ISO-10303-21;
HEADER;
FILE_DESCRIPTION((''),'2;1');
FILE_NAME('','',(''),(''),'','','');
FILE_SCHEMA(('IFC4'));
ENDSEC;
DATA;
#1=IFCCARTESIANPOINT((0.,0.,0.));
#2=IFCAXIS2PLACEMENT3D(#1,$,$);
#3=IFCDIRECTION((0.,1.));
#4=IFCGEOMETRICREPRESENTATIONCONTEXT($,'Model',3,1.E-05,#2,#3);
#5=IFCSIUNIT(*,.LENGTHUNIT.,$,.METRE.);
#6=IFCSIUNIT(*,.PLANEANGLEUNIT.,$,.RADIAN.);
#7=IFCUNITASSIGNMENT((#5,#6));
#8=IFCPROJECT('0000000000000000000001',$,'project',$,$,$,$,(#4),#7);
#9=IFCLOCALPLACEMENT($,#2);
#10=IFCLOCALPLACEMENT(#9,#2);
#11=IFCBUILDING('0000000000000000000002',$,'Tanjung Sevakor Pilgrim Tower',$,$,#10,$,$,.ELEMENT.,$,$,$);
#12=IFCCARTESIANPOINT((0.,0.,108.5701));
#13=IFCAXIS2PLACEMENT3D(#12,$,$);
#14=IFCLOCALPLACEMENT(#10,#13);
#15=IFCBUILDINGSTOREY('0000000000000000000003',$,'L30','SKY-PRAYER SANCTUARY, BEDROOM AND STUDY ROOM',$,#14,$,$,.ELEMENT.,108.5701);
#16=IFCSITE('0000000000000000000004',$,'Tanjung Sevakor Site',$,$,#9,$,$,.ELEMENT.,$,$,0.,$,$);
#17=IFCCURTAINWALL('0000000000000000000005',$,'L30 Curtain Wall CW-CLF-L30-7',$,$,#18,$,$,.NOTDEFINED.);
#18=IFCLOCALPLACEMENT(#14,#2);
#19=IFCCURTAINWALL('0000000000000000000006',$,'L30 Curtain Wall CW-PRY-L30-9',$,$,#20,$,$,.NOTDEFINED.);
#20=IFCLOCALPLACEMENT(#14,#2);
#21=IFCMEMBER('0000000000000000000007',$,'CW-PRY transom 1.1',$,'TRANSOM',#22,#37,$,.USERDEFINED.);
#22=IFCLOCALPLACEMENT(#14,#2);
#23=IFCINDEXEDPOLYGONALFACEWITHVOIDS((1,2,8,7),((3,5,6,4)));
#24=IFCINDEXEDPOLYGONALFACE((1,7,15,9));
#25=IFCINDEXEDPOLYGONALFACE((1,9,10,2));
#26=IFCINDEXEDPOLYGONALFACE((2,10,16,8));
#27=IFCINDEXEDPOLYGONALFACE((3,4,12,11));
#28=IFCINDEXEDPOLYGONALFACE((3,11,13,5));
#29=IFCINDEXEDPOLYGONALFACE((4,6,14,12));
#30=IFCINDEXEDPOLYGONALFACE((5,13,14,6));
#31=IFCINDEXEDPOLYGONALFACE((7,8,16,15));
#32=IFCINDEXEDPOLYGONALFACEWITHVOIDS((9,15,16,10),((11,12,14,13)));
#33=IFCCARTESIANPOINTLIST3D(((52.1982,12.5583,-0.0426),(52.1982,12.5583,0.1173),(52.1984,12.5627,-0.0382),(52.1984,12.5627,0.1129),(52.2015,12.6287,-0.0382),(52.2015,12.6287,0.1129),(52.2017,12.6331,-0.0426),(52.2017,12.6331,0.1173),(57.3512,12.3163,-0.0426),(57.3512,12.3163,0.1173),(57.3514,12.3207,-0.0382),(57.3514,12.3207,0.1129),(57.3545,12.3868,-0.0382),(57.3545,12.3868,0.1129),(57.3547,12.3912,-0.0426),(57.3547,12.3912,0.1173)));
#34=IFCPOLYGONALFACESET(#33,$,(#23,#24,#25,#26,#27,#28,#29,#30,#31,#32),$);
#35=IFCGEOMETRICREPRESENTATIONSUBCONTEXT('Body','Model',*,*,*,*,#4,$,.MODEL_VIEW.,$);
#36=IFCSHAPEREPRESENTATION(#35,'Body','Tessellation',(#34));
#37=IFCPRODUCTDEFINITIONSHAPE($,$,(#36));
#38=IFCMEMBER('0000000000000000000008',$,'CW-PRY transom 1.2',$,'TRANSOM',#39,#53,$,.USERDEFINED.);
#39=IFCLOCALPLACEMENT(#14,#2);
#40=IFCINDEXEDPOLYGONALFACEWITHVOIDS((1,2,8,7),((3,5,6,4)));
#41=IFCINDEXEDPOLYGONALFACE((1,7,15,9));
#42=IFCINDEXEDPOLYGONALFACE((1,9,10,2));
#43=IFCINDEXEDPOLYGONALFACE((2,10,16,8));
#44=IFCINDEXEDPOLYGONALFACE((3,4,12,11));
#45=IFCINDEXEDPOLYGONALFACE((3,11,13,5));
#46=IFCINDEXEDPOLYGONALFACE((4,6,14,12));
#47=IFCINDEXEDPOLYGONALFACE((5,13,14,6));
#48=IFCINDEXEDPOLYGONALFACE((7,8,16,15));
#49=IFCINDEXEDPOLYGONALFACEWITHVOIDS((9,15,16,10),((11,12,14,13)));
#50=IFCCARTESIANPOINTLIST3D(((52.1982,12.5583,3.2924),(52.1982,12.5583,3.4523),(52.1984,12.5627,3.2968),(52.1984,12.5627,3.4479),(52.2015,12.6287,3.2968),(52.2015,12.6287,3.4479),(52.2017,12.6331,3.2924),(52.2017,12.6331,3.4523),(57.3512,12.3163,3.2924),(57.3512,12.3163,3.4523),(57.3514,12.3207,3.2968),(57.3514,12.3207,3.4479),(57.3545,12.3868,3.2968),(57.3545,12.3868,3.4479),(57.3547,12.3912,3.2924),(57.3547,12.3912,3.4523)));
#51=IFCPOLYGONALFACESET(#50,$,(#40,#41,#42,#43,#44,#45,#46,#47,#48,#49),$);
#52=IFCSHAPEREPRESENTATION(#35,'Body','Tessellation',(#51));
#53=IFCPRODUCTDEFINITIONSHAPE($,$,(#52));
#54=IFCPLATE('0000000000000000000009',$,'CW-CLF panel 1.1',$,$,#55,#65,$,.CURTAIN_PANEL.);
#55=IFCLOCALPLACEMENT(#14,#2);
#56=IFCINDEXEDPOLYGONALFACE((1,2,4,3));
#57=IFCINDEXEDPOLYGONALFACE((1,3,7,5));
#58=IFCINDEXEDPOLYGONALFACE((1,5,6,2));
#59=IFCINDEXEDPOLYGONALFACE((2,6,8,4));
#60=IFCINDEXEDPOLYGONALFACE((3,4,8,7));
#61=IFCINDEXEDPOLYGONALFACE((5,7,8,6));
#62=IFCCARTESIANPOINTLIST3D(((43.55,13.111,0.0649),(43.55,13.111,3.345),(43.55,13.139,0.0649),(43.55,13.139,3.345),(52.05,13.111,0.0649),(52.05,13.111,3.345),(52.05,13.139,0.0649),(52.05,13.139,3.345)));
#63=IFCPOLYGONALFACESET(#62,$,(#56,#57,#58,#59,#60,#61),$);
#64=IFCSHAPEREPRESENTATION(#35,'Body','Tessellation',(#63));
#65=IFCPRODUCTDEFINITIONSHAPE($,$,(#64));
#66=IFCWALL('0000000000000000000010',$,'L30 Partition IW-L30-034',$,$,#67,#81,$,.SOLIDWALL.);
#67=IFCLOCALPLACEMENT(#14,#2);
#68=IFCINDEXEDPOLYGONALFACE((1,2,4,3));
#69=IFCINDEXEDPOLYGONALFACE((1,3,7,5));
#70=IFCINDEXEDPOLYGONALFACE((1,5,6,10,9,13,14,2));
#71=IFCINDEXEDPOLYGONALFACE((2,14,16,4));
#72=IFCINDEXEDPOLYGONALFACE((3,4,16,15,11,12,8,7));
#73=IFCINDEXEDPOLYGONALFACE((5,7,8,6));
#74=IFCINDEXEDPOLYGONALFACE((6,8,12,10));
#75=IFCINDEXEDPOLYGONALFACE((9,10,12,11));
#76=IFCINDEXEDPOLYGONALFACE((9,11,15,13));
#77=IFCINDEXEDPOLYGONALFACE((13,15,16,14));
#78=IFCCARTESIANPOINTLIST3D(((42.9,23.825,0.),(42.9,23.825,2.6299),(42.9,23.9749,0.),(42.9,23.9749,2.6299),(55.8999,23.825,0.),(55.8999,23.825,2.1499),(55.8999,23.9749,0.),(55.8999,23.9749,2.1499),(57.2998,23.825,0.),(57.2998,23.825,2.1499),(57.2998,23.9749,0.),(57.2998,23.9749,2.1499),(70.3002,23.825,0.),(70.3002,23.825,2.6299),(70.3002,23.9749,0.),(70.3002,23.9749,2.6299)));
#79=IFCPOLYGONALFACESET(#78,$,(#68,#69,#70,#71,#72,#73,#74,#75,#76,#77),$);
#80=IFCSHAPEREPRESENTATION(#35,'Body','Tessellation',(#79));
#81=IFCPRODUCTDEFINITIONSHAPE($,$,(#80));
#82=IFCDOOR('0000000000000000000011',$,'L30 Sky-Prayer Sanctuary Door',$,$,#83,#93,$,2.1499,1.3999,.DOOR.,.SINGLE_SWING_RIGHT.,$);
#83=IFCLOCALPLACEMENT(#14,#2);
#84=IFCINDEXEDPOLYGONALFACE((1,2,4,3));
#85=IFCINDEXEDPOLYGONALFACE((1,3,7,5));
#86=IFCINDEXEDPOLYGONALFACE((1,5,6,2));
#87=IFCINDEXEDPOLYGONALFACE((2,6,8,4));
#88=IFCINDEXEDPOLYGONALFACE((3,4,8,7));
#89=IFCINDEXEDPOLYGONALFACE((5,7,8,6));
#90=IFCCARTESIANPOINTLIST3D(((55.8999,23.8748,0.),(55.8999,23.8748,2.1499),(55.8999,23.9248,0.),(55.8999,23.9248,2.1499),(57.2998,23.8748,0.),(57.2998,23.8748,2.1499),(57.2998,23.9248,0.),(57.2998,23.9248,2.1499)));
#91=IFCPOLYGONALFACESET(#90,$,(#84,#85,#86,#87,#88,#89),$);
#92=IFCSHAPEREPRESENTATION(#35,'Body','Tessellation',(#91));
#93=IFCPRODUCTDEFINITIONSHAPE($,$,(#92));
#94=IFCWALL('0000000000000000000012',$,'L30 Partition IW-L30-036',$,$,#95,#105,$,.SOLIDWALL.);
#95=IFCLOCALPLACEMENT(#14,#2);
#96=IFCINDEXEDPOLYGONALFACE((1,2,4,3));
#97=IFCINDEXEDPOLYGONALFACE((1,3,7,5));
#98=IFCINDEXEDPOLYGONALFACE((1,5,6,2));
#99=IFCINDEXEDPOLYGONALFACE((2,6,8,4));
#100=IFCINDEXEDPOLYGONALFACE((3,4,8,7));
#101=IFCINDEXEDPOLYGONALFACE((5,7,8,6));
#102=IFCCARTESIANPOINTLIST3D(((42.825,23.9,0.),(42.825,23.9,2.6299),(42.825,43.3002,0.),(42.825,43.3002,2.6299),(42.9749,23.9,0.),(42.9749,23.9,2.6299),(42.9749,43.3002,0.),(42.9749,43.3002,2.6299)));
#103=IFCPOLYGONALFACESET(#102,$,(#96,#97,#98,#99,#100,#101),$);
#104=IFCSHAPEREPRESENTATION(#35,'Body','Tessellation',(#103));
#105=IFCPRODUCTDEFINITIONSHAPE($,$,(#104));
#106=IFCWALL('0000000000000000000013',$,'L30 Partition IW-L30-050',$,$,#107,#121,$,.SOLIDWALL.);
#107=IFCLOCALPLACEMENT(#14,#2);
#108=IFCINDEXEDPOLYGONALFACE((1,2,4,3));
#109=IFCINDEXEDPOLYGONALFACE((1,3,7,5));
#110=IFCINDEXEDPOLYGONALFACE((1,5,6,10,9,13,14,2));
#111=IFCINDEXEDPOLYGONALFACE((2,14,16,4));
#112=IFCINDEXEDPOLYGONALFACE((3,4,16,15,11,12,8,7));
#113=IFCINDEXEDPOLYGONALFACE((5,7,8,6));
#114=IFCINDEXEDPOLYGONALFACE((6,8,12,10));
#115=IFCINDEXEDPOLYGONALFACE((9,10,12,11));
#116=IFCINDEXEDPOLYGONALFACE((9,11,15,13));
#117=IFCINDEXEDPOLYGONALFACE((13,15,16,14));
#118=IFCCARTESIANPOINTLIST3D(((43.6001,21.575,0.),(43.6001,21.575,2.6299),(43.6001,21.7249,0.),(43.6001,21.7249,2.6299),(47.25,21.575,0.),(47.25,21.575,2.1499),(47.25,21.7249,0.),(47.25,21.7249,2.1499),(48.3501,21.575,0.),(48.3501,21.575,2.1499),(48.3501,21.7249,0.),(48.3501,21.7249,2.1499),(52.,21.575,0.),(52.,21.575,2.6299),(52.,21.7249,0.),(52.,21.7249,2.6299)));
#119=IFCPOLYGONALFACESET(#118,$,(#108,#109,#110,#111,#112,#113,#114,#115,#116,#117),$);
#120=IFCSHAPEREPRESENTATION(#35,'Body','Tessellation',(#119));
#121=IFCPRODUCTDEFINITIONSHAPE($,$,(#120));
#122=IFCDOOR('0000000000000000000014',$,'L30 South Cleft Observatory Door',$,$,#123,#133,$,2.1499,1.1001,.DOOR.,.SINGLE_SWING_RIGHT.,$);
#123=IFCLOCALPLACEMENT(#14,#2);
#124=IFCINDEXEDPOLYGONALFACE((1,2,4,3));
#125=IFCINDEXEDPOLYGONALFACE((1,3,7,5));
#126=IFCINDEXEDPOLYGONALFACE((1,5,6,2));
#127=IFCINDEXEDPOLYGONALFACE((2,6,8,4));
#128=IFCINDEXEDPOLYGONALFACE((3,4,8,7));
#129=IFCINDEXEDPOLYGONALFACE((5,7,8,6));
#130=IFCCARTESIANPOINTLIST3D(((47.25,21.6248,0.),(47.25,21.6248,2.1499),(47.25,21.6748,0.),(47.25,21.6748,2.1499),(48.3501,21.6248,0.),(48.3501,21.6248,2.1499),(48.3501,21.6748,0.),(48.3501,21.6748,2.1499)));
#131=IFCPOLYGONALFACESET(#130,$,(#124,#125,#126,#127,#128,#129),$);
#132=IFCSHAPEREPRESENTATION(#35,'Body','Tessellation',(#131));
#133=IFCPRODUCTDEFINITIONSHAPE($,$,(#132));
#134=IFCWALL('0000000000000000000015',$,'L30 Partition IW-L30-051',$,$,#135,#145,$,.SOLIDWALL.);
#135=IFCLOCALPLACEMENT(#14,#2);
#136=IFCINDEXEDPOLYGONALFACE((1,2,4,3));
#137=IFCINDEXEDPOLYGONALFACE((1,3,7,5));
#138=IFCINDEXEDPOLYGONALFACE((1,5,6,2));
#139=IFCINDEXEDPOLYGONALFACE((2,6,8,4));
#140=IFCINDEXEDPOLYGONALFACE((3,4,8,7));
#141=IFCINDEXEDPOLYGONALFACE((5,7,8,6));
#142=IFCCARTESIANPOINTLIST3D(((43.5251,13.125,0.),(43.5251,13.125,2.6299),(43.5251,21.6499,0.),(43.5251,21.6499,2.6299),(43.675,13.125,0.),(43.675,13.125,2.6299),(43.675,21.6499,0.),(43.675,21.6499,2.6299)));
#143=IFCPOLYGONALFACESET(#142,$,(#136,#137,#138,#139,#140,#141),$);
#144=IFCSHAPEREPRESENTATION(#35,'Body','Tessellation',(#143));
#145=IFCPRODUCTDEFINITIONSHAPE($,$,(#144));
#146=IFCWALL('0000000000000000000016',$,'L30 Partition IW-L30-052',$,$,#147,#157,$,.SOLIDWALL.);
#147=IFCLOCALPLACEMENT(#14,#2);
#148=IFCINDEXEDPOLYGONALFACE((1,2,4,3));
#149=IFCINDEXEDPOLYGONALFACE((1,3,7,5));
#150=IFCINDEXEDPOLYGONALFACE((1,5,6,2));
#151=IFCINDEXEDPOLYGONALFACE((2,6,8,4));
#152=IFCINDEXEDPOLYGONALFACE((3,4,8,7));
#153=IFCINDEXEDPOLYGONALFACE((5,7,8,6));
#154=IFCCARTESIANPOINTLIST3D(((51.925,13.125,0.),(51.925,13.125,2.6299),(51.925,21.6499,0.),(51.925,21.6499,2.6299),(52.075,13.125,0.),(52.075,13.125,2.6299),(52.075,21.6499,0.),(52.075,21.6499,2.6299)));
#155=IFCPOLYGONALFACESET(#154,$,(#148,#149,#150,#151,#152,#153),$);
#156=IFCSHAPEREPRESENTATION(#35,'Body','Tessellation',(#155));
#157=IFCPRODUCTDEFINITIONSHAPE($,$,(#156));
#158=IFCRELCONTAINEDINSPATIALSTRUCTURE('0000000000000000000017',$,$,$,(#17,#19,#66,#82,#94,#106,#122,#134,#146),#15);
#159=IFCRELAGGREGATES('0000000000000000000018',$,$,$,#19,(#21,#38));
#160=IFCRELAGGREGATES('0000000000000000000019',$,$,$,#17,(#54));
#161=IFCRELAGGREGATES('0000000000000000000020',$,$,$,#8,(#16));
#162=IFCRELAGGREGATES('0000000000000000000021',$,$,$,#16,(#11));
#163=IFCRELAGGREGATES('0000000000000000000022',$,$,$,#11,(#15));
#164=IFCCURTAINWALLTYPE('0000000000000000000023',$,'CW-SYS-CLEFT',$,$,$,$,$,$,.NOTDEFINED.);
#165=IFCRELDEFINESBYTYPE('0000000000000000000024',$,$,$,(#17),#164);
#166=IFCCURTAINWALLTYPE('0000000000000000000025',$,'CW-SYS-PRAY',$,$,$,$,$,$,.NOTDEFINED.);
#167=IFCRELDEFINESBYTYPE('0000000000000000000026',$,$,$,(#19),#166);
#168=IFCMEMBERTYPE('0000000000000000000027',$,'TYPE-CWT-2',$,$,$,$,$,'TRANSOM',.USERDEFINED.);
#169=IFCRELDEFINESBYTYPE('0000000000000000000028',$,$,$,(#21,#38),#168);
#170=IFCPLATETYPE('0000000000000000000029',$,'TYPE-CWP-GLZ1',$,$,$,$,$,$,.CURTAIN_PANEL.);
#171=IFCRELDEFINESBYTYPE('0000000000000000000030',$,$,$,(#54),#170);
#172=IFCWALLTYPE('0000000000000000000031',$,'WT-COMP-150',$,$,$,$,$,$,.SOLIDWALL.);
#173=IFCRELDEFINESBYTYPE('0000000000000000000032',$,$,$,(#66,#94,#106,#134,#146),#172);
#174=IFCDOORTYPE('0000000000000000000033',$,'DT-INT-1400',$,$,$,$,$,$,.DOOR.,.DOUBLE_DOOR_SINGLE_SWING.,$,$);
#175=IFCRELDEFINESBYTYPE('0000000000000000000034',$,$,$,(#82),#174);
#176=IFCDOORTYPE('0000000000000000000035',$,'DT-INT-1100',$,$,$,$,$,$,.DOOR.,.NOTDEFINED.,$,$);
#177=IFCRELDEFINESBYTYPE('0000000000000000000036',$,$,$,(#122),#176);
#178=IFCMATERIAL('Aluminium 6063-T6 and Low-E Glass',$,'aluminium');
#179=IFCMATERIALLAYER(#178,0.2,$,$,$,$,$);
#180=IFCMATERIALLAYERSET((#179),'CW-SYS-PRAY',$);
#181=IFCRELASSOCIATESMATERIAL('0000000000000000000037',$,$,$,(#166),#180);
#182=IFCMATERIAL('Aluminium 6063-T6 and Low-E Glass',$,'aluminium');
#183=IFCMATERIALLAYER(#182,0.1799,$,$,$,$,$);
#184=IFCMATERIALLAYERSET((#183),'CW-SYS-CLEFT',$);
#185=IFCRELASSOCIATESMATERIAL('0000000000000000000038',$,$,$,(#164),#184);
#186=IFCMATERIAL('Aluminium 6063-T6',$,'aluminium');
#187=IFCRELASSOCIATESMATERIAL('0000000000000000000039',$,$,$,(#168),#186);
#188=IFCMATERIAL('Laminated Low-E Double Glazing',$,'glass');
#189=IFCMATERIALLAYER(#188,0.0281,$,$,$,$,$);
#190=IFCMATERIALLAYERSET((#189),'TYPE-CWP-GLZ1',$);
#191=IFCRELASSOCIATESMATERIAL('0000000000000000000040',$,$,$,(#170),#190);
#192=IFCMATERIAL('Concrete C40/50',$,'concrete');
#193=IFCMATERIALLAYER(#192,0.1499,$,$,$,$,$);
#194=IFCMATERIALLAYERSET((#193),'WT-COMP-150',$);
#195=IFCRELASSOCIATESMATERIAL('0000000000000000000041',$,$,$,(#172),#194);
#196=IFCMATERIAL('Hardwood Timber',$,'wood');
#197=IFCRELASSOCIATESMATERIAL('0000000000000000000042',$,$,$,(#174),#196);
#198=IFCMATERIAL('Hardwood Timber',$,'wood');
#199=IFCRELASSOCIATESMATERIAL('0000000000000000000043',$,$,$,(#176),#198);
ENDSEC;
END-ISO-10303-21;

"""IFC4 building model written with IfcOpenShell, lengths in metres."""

from ifc_helpers import new_model, si_unit, direction, frame, frame_2d, origin, origin_2d, place, context, subcontext, project, spatial, rectangle, hollow_rectangle, extrude, material, layer, layer_set, material_profile, profile_set, type_object, element, fill, aggregate, save


model = new_model("IFC4")

# Units and contexts
model_context = context("Model", 3, precision=1e-05, world=origin(), true_north=direction((0.0, 1.0)))
body_context = subcontext(model_context, "Body", "Model", "MODEL_VIEW")
ifc_project = project(units=[si_unit("LENGTHUNIT", "METRE"), si_unit("PLANEANGLEUNIT", "RADIAN")], contexts=[model_context])

# Site, building, storey
site_placement = place(None, origin())
site = spatial("IfcSite", under=ifc_project, at=site_placement, Name="Tanjung Sevakor Site", CompositionType="ELEMENT", RefElevation=0.0)
building_placement = place(site_placement, origin())
building = spatial("IfcBuilding", under=site, at=building_placement, Name="Tanjung Sevakor Pilgrim Tower", CompositionType="ELEMENT")
storey_placement = place(building_placement, frame((0.0, 0.0, 108.5701)))
storey = spatial("IfcBuildingStorey", under=building, at=storey_placement, Name="L30", Description="SKY-PRAYER SANCTUARY, BEDROOM AND STUDY ROOM", CompositionType="ELEMENT", Elevation=108.5701)

# Shared definitions
ifc_material_1 = material(Name="Aluminium 6063-T6 and Low-E Glass", Category="aluminium")
ifc_layer_1 = layer(ifc_material_1, 0.2)
ifc_layer_set_1 = layer_set([ifc_layer_1], Name="CW-SYS-PRAY")
curtain_wall_type_1 = type_object("IfcCurtainWallType", Name="CW-SYS-PRAY", PredefinedType="NOTDEFINED", material=ifc_layer_set_1)

# Curtain wall
ifc_material_2 = material(Name="Aluminium 6063-T6 and Low-E Glass", Category="aluminium")
ifc_layer_2 = layer(ifc_material_2, 0.1799)
ifc_layer_set_2 = layer_set([ifc_layer_2], Name="CW-SYS-CLEFT")
curtain_wall_type_2 = type_object("IfcCurtainWallType", Name="CW-SYS-CLEFT", PredefinedType="NOTDEFINED", material=ifc_layer_set_2)
curtain_wall_1_placement = place(storey_placement, origin())
curtain_wall_1 = element("IfcCurtainWall", 1, at=curtain_wall_1_placement, inside=storey, type_object=curtain_wall_type_2, Name="L30 Curtain Wall CW-CLF-L30-7", PredefinedType="NOTDEFINED")

# Curtain wall
curtain_wall_2_placement = place(storey_placement, origin())
curtain_wall_2 = element("IfcCurtainWall", 2, at=curtain_wall_2_placement, inside=storey, type_object=curtain_wall_type_1, Name="L30 Curtain Wall CW-PRY-L30-9", PredefinedType="NOTDEFINED")

# Members
ifc_material_3 = material(Name="Aluminium 6063-T6", Category="aluminium")
ifc_material_profile_1 = material_profile(ifc_material_3, hollow_rectangle(XDim=0.075, YDim=0.1599, WallThickness=0.0044, at=origin_2d()))
ifc_profile_set_1 = profile_set([ifc_material_profile_1], Name="Aluminium 6063-T6")
member_type_1 = type_object("IfcMemberType", Name="TYPE-CWT-2", ElementType="TRANSOM", PredefinedType="USERDEFINED", material=ifc_profile_set_1)
member_1_placement = place(storey_placement, frame((52.2, 12.5957, 0.0374), z_axis=(0.9989, -0.0469, 0.0), x_axis=(0.0469, 0.9989, 0.0)))
member_1 = element("IfcMember", 3, at=member_1_placement, type_object=member_type_1, Name="CW-PRY transom 1.1", ObjectType="TRANSOM", PredefinedType="USERDEFINED", context=body_context, shape_type="SweptSolid", body=[
    extrude(hollow_rectangle(XDim=0.075, YDim=0.1599, WallThickness=0.0044, at=origin_2d()), origin(), (0.0, 0.0, 1.0), 5.1587),
])
member_2_placement = place(storey_placement, frame((52.2, 12.5957, 3.3723), z_axis=(0.9989, -0.0469, 0.0), x_axis=(0.0469, 0.9989, 0.0)))
member_2 = element("IfcMember", 4, at=member_2_placement, type_object=member_type_1, Name="CW-PRY transom 1.2", ObjectType="TRANSOM", PredefinedType="USERDEFINED", context=body_context, shape_type="SweptSolid", body=[
    extrude(hollow_rectangle(XDim=0.075, YDim=0.1599, WallThickness=0.0044, at=origin_2d()), origin(), (0.0, 0.0, 1.0), 5.1587),
])
aggregate(curtain_wall_2, [member_1, member_2])

# Plate
ifc_material_4 = material(Name="Laminated Low-E Double Glazing", Category="glass")
ifc_layer_3 = layer(ifc_material_4, 0.0281)
ifc_layer_set_3 = layer_set([ifc_layer_3], Name="TYPE-CWP-GLZ1")
plate_type = type_object("IfcPlateType", Name="TYPE-CWP-GLZ1", PredefinedType="CURTAIN_PANEL", material=ifc_layer_set_3)
plate_placement = place(storey_placement, frame((47.8, 13.125, 0.0649), z_axis=(0.0, 0.0, 1.0), x_axis=(1.0, 0.0, 0.0)))
plate = element("IfcPlate", 5, at=plate_placement, type_object=plate_type, Name="CW-CLF panel 1.1", PredefinedType="CURTAIN_PANEL", context=body_context, shape_type="SweptSolid", body=[
    extrude(rectangle(XDim=8.5, YDim=0.0281, at=origin_2d()), origin(), (0.0, 0.0, 1.0), 3.28),
])
aggregate(curtain_wall_1, [plate])

# Wall, opening, door
ifc_material_5 = material(Name="Concrete C40/50", Category="concrete")
ifc_layer_4 = layer(ifc_material_5, 0.1499)
ifc_layer_set_4 = layer_set([ifc_layer_4], Name="WT-COMP-150")
wall_type_1 = type_object("IfcWallType", Name="WT-COMP-150", PredefinedType="SOLIDWALL", material=ifc_layer_set_4)
wall_1_placement = place(storey_placement, frame((42.8999, 23.8999, 0.0), z_axis=(0.0, 0.0, 1.0), x_axis=(1.0, 0.0, 0.0)))
wall_1 = element("IfcWall", 6, at=wall_1_placement, inside=storey, type_object=wall_type_1, Name="L30 Partition IW-L30-034", PredefinedType="SOLIDWALL", context=body_context, shape_type="SweptSolid", body=[
    extrude(rectangle(XDim=27.4001, YDim=0.1499, at=frame_2d((13.7002, 0.0))), origin(), (0.0, 0.0, 1.0), 2.6299),
])
opening_1_placement = place(wall_1_placement, frame((13.0, 0.0, 0.0)))
opening_1 = element("IfcOpeningElement", 7, at=opening_1_placement, cuts=wall_1, PredefinedType="OPENING", context=body_context, shape_type="SweptSolid", body=[
    extrude(rectangle(XDim=1.3999, YDim=2.1499, at=frame_2d((0.7, 1.075))), frame((0.0, 0.085, 0.0), z_axis=(0.0, -1.0, 0.0), x_axis=(1.0, 0.0, 0.0)), (0.0, 0.0, 1.0), 0.1699),
])
ifc_material_6 = material(Name="Hardwood Timber", Category="wood")
door_type_1 = type_object("IfcDoorType", Name="DT-INT-1400", OperationType="DOUBLE_DOOR_SINGLE_SWING", PredefinedType="DOOR", material=ifc_material_6)
door_1_placement = place(opening_1_placement, origin())
door_1 = element("IfcDoor", 8, at=door_1_placement, inside=storey, type_object=door_type_1, Name="L30 Sky-Prayer Sanctuary Door", OperationType="SINGLE_SWING_RIGHT", OverallHeight=2.1499, OverallWidth=1.3999, PredefinedType="DOOR", context=body_context, shape_type="SweptSolid", body=[
    extrude(rectangle(XDim=1.3999, YDim=2.1499, at=frame_2d((0.7, 1.075))), frame((0.0, 0.0249, 0.0), z_axis=(0.0, -1.0, 0.0), x_axis=(1.0, 0.0, 0.0)), (0.0, 0.0, 1.0), 0.05),
])
fill(opening_1, door_1)

# Wall
wall_2_placement = place(storey_placement, frame((42.8999, 23.8999, 0.0), z_axis=(0.0, 0.0, 1.0), x_axis=(0.0, 1.0, 0.0)))
element("IfcWall", 9, at=wall_2_placement, inside=storey, type_object=wall_type_1, Name="L30 Partition IW-L30-036", PredefinedType="SOLIDWALL", context=body_context, shape_type="SweptSolid", body=[
    extrude(rectangle(XDim=19.4001, YDim=0.1499, at=frame_2d((9.7002, 0.0))), origin(), (0.0, 0.0, 1.0), 2.6299),
])

# Wall, opening, door
wall_3_placement = place(storey_placement, frame((43.6001, 21.6499, 0.0), z_axis=(0.0, 0.0, 1.0), x_axis=(1.0, 0.0, 0.0)))
wall_3 = element("IfcWall", 10, at=wall_3_placement, inside=storey, type_object=wall_type_1, Name="L30 Partition IW-L30-050", PredefinedType="SOLIDWALL", context=body_context, shape_type="SweptSolid", body=[
    extrude(rectangle(XDim=8.3999, YDim=0.1499, at=frame_2d((4.2, 0.0))), origin(), (0.0, 0.0, 1.0), 2.6299),
])
opening_2_placement = place(wall_3_placement, frame((3.6499, 0.0, 0.0)))
opening_2 = element("IfcOpeningElement", 11, at=opening_2_placement, cuts=wall_3, PredefinedType="OPENING", context=body_context, shape_type="SweptSolid", body=[
    extrude(rectangle(XDim=1.1001, YDim=2.1499, at=frame_2d((0.55, 1.075))), frame((0.0, 0.085, 0.0), z_axis=(0.0, -1.0, 0.0), x_axis=(1.0, 0.0, 0.0)), (0.0, 0.0, 1.0), 0.1699),
])
ifc_material_7 = material(Name="Hardwood Timber", Category="wood")
door_type_2 = type_object("IfcDoorType", Name="DT-INT-1100", OperationType="NOTDEFINED", PredefinedType="DOOR", material=ifc_material_7)
door_2_placement = place(opening_2_placement, origin())
door_2 = element("IfcDoor", 12, at=door_2_placement, inside=storey, type_object=door_type_2, Name="L30 South Cleft Observatory Door", OperationType="SINGLE_SWING_RIGHT", OverallHeight=2.1499, OverallWidth=1.1001, PredefinedType="DOOR", context=body_context, shape_type="SweptSolid", body=[
    extrude(rectangle(XDim=1.1001, YDim=2.1499, at=frame_2d((0.55, 1.075))), frame((0.0, 0.0249, 0.0), z_axis=(0.0, -1.0, 0.0), x_axis=(1.0, 0.0, 0.0)), (0.0, 0.0, 1.0), 0.05),
])
fill(opening_2, door_2)

# Walls
for number, where, z_axis, x_axis, name in (
    (13, (43.6001, 13.125, 0.0), (0.0, 0.0, 1.0), (0.0, 1.0, 0.0), "L30 Partition IW-L30-051"),
    (14, (52.0, 13.125, 0.0), (0.0, 0.0, 1.0), (0.0, 1.0, 0.0), "L30 Partition IW-L30-052"),
):
    element("IfcWall", number, at=place(storey_placement, frame(where, z_axis=z_axis, x_axis=x_axis)), inside=storey, type_object=wall_type_1, Name=name, PredefinedType="SOLIDWALL", context=body_context, shape_type="SweptSolid", body=[
        extrude(rectangle(XDim=8.5249, YDim=0.1499, at=frame_2d((4.2625, 0.0))), origin(), (0.0, 0.0, 1.0), 2.6299),
    ])

save(model, "model.ifc")
